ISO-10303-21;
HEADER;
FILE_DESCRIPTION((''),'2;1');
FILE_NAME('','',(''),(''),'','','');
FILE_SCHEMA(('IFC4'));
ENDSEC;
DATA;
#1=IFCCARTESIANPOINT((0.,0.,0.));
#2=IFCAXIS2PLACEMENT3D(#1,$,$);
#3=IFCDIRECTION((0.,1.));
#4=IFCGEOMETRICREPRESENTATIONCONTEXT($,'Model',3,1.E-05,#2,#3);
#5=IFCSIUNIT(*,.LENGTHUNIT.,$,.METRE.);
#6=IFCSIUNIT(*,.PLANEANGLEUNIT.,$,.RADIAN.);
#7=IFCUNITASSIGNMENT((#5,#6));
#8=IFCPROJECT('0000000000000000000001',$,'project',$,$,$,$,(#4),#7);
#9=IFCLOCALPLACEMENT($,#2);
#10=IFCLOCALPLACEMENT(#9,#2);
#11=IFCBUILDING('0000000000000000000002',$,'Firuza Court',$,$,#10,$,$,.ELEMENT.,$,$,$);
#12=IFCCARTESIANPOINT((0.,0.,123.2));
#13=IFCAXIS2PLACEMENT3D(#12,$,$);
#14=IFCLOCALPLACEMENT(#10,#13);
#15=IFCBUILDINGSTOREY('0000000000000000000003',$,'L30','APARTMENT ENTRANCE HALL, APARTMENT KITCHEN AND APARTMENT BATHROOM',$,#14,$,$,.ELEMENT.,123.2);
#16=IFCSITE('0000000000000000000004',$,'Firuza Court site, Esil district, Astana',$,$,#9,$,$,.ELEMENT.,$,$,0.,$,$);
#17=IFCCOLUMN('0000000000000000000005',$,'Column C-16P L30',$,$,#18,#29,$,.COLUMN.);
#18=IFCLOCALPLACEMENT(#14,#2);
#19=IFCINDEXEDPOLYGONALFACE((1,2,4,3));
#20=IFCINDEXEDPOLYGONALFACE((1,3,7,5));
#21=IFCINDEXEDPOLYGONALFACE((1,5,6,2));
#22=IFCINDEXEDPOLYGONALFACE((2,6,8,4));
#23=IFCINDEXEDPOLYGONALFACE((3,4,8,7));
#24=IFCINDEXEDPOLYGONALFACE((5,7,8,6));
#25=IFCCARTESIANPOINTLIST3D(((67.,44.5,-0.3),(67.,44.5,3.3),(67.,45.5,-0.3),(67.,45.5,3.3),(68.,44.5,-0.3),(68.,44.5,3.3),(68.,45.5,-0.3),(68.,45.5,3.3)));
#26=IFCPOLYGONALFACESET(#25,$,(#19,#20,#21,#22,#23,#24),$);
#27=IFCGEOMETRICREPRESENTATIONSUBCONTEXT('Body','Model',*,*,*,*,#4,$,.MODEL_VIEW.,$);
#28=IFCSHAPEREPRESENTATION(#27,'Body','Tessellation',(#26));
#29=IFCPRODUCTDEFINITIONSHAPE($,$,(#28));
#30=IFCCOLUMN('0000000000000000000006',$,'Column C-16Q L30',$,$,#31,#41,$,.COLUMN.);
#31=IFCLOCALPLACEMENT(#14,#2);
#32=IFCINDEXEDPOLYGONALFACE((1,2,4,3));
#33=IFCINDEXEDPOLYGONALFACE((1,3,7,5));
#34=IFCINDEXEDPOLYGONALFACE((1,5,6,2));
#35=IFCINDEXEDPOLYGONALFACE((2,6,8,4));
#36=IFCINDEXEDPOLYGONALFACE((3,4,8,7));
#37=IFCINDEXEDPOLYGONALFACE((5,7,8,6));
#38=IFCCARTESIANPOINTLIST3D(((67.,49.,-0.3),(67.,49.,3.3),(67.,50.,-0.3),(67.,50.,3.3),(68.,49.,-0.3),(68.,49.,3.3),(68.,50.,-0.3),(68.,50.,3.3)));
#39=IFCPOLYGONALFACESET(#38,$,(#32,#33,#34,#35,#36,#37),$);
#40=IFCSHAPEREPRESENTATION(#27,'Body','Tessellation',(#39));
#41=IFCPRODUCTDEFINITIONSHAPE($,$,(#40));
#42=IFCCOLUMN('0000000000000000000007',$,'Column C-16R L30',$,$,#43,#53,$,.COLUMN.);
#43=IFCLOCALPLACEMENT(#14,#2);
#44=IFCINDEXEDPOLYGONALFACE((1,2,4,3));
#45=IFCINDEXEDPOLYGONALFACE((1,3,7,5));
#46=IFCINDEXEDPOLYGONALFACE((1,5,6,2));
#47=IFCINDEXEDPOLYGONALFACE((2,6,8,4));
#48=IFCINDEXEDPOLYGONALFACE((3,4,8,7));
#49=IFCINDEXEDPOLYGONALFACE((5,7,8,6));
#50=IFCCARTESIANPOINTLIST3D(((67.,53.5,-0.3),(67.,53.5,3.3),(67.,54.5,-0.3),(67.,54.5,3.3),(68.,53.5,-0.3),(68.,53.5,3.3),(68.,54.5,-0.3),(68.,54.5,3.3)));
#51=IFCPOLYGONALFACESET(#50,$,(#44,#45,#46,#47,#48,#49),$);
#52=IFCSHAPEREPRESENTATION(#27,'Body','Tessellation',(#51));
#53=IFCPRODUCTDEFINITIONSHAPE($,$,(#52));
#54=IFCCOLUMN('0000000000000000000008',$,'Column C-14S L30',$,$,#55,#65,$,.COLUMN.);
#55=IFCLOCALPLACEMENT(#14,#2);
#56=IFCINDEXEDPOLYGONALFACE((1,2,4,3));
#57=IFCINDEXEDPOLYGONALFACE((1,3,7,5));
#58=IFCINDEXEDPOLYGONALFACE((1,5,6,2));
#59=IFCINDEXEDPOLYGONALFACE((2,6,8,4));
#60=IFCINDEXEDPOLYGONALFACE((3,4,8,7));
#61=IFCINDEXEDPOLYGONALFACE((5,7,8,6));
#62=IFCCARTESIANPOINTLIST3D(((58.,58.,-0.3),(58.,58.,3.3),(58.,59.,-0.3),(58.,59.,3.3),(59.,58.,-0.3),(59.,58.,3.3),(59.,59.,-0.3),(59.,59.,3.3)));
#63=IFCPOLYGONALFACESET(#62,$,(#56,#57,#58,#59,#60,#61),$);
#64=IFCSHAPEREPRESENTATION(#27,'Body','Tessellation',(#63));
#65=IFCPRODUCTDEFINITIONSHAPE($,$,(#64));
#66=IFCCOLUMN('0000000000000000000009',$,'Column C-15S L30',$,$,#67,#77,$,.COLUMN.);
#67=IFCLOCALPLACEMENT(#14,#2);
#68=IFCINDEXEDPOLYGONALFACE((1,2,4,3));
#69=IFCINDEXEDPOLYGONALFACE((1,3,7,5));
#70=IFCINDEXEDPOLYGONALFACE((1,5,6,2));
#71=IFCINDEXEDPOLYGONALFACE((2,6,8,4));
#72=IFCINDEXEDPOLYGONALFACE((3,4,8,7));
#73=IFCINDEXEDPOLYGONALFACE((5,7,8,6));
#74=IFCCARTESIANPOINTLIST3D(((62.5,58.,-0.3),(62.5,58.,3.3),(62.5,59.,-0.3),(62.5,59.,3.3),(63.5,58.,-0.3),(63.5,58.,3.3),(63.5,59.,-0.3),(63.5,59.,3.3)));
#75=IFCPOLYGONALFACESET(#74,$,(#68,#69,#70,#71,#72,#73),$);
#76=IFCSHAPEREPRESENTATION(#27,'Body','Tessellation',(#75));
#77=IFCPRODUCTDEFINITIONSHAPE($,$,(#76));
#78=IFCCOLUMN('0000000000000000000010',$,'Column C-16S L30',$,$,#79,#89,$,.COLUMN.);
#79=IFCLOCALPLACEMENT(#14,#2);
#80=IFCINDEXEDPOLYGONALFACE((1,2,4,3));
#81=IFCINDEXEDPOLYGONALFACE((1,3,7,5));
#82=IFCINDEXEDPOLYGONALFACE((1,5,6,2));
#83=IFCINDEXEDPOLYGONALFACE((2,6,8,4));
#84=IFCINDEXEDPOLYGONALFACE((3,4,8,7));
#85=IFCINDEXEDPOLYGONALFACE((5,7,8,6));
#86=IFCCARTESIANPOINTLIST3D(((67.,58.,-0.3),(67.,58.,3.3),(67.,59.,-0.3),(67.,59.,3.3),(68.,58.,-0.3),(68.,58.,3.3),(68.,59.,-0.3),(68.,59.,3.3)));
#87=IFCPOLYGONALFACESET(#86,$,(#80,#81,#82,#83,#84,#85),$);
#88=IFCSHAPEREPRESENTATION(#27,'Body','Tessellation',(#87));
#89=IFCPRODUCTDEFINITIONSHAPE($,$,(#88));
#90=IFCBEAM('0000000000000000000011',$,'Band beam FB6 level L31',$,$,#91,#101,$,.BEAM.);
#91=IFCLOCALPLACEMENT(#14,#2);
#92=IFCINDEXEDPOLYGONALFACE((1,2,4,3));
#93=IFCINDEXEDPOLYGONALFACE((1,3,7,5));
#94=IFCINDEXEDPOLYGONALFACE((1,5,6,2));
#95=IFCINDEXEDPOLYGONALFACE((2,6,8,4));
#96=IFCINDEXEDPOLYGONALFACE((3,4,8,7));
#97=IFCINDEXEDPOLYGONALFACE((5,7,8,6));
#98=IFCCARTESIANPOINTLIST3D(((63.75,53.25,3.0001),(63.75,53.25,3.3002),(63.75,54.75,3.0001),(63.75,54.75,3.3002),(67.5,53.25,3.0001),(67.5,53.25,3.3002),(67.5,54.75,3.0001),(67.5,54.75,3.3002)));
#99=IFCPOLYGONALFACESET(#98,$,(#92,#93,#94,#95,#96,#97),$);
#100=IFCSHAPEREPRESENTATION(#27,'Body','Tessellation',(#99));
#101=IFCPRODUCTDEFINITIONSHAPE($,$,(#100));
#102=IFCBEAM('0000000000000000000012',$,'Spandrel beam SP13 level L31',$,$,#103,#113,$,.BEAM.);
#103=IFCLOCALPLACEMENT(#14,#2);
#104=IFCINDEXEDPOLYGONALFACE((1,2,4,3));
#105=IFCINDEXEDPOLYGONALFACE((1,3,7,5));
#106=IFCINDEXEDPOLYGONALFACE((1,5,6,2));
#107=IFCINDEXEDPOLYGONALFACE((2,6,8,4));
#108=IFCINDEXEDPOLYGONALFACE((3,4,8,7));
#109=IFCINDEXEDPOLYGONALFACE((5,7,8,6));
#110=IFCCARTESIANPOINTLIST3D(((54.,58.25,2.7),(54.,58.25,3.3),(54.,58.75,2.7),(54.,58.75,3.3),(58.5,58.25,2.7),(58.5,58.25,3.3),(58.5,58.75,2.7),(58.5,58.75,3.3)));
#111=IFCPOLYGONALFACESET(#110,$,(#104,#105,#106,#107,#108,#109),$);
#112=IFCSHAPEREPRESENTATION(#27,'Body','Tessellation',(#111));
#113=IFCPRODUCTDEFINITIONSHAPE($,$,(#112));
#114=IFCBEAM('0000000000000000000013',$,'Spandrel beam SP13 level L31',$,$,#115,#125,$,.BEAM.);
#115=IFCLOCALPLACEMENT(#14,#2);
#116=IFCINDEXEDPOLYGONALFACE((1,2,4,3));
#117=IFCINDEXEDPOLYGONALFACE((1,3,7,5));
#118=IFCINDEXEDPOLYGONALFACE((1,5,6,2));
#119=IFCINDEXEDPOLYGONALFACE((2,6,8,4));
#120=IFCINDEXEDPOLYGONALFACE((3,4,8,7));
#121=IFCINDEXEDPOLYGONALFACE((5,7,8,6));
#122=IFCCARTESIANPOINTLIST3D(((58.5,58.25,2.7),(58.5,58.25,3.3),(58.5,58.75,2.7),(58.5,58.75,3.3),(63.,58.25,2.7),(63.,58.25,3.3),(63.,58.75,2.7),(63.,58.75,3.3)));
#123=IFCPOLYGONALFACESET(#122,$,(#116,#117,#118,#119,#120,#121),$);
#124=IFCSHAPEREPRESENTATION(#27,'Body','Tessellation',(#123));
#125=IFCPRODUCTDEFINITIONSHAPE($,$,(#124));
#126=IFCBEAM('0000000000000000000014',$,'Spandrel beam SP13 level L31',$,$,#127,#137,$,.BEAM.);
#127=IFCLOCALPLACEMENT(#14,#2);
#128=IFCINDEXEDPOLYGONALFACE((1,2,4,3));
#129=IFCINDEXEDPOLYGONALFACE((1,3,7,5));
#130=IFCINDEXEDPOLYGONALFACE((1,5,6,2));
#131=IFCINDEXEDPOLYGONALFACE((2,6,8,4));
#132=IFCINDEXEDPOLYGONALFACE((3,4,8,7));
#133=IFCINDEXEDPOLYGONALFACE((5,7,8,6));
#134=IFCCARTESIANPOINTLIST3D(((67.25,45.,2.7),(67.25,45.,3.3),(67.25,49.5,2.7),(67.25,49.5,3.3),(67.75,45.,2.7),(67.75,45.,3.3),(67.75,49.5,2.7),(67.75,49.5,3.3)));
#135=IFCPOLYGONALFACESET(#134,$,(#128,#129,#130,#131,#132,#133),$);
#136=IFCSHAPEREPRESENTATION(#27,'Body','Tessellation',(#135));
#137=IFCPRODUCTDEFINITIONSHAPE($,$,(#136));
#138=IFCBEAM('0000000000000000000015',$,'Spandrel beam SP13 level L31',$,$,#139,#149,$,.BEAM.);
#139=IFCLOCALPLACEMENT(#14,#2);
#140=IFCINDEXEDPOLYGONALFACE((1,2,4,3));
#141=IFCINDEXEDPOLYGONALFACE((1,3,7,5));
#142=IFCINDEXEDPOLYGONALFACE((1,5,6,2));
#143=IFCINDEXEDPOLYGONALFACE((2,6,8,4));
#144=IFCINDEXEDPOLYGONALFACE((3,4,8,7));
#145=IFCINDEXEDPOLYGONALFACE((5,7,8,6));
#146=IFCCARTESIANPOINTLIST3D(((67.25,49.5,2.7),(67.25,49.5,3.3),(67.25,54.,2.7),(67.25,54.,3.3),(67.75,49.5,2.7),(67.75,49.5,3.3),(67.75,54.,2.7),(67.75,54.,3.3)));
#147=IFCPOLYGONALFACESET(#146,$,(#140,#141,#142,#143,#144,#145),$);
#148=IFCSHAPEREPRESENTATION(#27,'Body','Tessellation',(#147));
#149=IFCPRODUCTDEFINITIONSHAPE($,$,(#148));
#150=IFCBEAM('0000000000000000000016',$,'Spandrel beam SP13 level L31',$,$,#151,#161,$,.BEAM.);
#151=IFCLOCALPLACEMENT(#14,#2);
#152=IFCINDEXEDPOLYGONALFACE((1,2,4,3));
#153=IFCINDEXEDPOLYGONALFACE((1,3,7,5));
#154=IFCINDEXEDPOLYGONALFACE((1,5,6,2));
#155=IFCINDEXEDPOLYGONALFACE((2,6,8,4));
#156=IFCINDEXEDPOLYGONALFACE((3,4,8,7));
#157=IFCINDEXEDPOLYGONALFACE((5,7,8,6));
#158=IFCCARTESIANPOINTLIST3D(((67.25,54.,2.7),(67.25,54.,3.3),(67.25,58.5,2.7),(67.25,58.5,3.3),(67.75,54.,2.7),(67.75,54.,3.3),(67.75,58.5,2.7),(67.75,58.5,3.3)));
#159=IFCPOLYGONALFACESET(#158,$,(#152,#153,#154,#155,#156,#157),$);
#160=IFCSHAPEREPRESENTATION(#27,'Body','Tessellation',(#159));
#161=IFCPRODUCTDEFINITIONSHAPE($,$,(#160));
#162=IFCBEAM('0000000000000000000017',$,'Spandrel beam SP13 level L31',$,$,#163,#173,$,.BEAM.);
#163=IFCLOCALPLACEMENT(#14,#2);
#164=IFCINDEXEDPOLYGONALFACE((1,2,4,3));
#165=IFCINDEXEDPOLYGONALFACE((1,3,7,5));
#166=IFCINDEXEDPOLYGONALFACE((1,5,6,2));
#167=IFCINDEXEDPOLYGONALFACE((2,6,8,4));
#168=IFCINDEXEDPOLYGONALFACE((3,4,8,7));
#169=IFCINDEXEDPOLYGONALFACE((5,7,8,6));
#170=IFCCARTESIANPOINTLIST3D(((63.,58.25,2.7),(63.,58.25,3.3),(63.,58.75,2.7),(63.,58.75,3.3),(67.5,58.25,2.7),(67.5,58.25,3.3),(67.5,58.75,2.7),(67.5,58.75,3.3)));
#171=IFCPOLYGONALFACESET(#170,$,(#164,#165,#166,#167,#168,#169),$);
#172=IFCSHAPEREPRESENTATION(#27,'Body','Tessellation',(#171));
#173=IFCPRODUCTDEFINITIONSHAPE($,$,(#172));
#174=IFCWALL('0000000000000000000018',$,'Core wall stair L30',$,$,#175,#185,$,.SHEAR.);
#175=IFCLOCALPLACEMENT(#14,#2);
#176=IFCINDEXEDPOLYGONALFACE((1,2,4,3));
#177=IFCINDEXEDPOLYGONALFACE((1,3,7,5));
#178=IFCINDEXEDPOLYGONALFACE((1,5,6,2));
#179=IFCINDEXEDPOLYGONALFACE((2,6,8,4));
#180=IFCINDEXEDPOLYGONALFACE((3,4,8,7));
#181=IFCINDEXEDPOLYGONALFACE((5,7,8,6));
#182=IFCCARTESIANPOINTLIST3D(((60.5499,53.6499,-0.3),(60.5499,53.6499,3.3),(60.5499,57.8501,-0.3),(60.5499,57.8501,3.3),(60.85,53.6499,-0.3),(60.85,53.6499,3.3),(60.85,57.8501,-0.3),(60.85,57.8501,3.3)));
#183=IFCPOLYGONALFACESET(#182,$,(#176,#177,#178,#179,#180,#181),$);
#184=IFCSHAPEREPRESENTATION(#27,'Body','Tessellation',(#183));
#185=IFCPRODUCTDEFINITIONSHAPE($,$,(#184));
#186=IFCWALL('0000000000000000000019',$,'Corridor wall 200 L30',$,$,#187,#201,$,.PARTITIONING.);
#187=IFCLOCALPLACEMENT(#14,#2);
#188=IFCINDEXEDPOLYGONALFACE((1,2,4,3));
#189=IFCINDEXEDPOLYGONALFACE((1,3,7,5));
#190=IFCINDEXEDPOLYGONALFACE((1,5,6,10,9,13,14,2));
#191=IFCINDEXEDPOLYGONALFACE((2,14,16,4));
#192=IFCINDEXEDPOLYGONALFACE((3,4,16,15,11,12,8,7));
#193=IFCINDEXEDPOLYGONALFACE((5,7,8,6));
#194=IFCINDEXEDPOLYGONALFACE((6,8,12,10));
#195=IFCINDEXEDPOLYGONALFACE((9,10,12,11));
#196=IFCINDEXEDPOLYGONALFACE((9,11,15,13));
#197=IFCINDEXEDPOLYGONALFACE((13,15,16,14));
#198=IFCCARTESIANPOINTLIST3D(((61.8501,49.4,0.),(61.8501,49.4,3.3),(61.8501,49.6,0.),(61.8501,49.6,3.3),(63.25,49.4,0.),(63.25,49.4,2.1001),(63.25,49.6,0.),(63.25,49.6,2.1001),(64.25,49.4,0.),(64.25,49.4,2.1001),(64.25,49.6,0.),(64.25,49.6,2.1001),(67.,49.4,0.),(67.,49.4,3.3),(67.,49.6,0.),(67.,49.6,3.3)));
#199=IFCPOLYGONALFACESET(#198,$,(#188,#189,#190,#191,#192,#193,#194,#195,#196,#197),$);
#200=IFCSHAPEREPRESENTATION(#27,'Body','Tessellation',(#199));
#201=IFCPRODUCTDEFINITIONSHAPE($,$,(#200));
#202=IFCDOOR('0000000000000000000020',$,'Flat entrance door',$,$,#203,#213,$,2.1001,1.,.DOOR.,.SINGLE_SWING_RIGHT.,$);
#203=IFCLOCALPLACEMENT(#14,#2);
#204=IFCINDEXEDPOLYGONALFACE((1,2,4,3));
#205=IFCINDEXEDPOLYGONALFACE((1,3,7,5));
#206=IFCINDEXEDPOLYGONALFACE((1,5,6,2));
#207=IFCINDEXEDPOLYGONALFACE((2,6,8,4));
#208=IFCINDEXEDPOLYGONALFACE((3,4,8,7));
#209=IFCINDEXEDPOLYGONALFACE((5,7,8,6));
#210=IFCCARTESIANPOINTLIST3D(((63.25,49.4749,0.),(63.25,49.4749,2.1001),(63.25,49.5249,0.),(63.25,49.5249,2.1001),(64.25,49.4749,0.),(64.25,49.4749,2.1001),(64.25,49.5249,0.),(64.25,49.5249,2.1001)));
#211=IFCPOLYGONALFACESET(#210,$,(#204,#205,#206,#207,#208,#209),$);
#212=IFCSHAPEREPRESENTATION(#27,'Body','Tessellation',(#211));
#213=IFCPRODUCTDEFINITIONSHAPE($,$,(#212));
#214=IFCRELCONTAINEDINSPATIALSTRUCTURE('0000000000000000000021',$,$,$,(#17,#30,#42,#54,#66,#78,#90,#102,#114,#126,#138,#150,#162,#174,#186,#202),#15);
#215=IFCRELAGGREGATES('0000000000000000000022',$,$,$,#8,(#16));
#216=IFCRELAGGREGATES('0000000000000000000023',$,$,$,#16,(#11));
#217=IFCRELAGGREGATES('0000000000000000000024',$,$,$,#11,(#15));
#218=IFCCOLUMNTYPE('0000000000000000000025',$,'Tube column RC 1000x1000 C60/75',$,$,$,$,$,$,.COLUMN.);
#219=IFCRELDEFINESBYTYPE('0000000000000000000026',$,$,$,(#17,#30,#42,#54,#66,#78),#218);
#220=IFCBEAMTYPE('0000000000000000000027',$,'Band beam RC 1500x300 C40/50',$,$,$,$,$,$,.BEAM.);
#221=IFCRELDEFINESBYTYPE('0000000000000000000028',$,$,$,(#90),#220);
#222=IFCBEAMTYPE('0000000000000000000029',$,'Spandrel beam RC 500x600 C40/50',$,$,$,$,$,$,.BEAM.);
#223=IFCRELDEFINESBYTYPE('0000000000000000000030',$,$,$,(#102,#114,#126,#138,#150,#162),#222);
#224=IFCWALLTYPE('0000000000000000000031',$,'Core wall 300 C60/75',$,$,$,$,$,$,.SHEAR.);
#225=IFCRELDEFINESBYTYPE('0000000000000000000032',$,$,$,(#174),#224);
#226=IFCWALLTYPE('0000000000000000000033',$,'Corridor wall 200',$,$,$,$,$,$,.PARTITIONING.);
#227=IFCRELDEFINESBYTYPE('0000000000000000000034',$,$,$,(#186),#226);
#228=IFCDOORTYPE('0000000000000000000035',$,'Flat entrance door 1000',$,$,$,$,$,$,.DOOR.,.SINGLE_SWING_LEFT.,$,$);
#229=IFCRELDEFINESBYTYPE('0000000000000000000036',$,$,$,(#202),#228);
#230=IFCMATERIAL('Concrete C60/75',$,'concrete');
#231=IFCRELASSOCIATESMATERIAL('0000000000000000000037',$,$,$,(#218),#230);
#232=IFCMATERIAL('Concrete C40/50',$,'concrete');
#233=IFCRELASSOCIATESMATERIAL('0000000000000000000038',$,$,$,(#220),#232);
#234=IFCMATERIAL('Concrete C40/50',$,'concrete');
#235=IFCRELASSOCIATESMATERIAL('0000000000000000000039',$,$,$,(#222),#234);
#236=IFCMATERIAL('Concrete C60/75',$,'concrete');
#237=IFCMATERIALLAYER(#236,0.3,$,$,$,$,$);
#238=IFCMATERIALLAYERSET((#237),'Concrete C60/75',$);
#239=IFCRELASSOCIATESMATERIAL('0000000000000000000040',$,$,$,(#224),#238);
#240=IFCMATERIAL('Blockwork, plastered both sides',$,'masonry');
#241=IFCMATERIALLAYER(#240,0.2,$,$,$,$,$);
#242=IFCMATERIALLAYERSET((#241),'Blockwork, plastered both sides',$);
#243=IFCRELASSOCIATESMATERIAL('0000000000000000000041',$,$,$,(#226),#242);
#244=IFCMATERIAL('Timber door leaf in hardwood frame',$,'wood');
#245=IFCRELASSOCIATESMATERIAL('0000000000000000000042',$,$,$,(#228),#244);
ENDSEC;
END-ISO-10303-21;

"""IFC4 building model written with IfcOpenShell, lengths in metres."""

from ifc_helpers import new_model, si_unit, direction, frame, frame_2d, origin, origin_2d, place, context, subcontext, project, spatial, rectangle, extrude, material, layer, layer_set, material_profile, profile_set, type_object, element, fill, save


model = new_model("IFC4")

# Units and contexts
model_context = context("Model", 3, precision=1e-05, world=origin(), true_north=direction((0.0, 1.0)))
body_context = subcontext(model_context, "Body", "Model", "MODEL_VIEW")
ifc_project = project(units=[si_unit("LENGTHUNIT", "METRE"), si_unit("PLANEANGLEUNIT", "RADIAN")], contexts=[model_context])

# Site, building, storey
site_placement = place(None, origin())
site = spatial("IfcSite", under=ifc_project, at=site_placement, Name="Firuza Court site, Esil district, Astana", CompositionType="ELEMENT", RefElevation=0.0)
building_placement = place(site_placement, origin())
building = spatial("IfcBuilding", under=site, at=building_placement, Name="Firuza Court", CompositionType="ELEMENT")
storey_placement = place(building_placement, frame((0.0, 0.0, 123.2)))
storey = spatial("IfcBuildingStorey", under=building, at=storey_placement, Name="L30", Description="APARTMENT ENTRANCE HALL, APARTMENT KITCHEN AND APARTMENT BATHROOM", CompositionType="ELEMENT", Elevation=123.2)

# Columns
ifc_material_1 = material(Name="Concrete C60/75", Category="concrete")
ifc_material_profile_1 = material_profile(ifc_material_1, rectangle(XDim=1.0, YDim=1.0, at=origin_2d()), Name="RC 1000x1000")
ifc_profile_set_1 = profile_set([ifc_material_profile_1], Name="Concrete C60/75")
column_type = type_object("IfcColumnType", Name="Tube column RC 1000x1000 C60/75", PredefinedType="COLUMN", material=ifc_profile_set_1)
for number, where, z_axis, x_axis, name in (
    (1, (67.5, 45.0, -0.3), (0.0, 0.0, 1.0), (1.0, 0.0, 0.0), "Column C-16P L30"),
    (2, (67.5, 49.5, -0.3), (0.0, 0.0, 1.0), (1.0, 0.0, 0.0), "Column C-16Q L30"),
    (3, (67.5, 54.0, -0.3), (0.0, 0.0, 1.0), (1.0, 0.0, 0.0), "Column C-16R L30"),
    (4, (58.5, 58.5, -0.3), (0.0, 0.0, 1.0), (1.0, 0.0, 0.0), "Column C-14S L30"),
    (5, (63.0, 58.5, -0.3), (0.0, 0.0, 1.0), (1.0, 0.0, 0.0), "Column C-15S L30"),
    (6, (67.5, 58.5, -0.3), (0.0, 0.0, 1.0), (1.0, 0.0, 0.0), "Column C-16S L30"),
):
    element("IfcColumn", number, at=place(storey_placement, frame(where, z_axis=z_axis, x_axis=x_axis)), inside=storey, type_object=column_type, Name=name, PredefinedType="COLUMN", context=body_context, shape_type="SweptSolid", body=[
        extrude(rectangle(XDim=1.0, YDim=1.0, at=origin_2d()), origin(), (0.0, 0.0, 1.0), 3.6001),
    ])

# Beams
ifc_material_2 = material(Name="Concrete C40/50", Category="concrete")
ifc_material_profile_2 = material_profile(ifc_material_2, rectangle(XDim=1.5, YDim=0.3, at=origin_2d()), Name="RC 1500x300")
ifc_profile_set_2 = profile_set([ifc_material_profile_2], Name="Concrete C40/50")
beam_type_1 = type_object("IfcBeamType", Name="Band beam RC 1500x300 C40/50", PredefinedType="BEAM", material=ifc_profile_set_2)
beam_placement = place(storey_placement, frame((67.5, 54.0, 3.1501), z_axis=(-1.0, 0.0, 0.0), x_axis=(0.0, -1.0, 0.0)))
element("IfcBeam", 7, at=beam_placement, inside=storey, type_object=beam_type_1, Name="Band beam FB6 level L31", PredefinedType="BEAM", context=body_context, shape_type="SweptSolid", body=[
    extrude(rectangle(XDim=1.5, YDim=0.3, at=origin_2d()), origin(), (0.0, 0.0, 1.0), 3.75),
])
ifc_material_3 = material(Name="Concrete C40/50", Category="concrete")
ifc_material_profile_3 = material_profile(ifc_material_3, rectangle(XDim=0.5, YDim=0.6001, at=origin_2d()), Name="RC 500x600")
ifc_profile_set_3 = profile_set([ifc_material_profile_3], Name="Concrete C40/50")
beam_type_2 = type_object("IfcBeamType", Name="Spandrel beam RC 500x600 C40/50", PredefinedType="BEAM", material=ifc_profile_set_3)
for number, where, z_axis, x_axis, name in (
    (8, (58.5, 58.5, 3.0), (-1.0, 0.0, 0.0), (0.0, -1.0, 0.0), "Spandrel beam SP13 level L31"),
    (9, (63.0, 58.5, 3.0), (-1.0, 0.0, 0.0), (0.0, -1.0, 0.0), "Spandrel beam SP13 level L31"),
    (10, (67.5, 45.0, 3.0), (0.0, 1.0, 0.0), (-1.0, 0.0, 0.0), "Spandrel beam SP13 level L31"),
    (11, (67.5, 49.5, 3.0), (0.0, 1.0, 0.0), (-1.0, 0.0, 0.0), "Spandrel beam SP13 level L31"),
    (12, (67.5, 54.0, 3.0), (0.0, 1.0, 0.0), (-1.0, 0.0, 0.0), "Spandrel beam SP13 level L31"),
    (13, (67.5, 58.5, 3.0), (-1.0, 0.0, 0.0), (0.0, -1.0, 0.0), "Spandrel beam SP13 level L31"),
):
    element("IfcBeam", number, at=place(storey_placement, frame(where, z_axis=z_axis, x_axis=x_axis)), inside=storey, type_object=beam_type_2, Name=name, PredefinedType="BEAM", context=body_context, shape_type="SweptSolid", body=[
        extrude(rectangle(XDim=0.5, YDim=0.6001, at=origin_2d()), origin(), (0.0, 0.0, 1.0), 4.5),
    ])

# Wall
ifc_material_4 = material(Name="Concrete C60/75", Category="concrete")
ifc_layer_1 = layer(ifc_material_4, 0.3)
ifc_layer_set_1 = layer_set([ifc_layer_1], Name="Concrete C60/75")
wall_type_1 = type_object("IfcWallType", Name="Core wall 300 C60/75", PredefinedType="SHEAR", material=ifc_layer_set_1)
wall_1_placement = place(storey_placement, frame((60.7, 53.6499, -0.3), z_axis=(0.0, 0.0, 1.0), x_axis=(0.0, 1.0, 0.0)))
element("IfcWall", 14, at=wall_1_placement, inside=storey, type_object=wall_type_1, Name="Core wall stair L30", PredefinedType="SHEAR", context=body_context, shape_type="SweptSolid", body=[
    extrude(rectangle(XDim=4.2002, YDim=0.3, at=frame_2d((2.1001, 0.0))), origin(), (0.0, 0.0, 1.0), 3.6001),
])

# Wall, opening, door
ifc_material_5 = material(Name="Blockwork, plastered both sides", Category="masonry")
ifc_layer_2 = layer(ifc_material_5, 0.2)
ifc_layer_set_2 = layer_set([ifc_layer_2], Name="Blockwork, plastered both sides")
wall_type_2 = type_object("IfcWallType", Name="Corridor wall 200", PredefinedType="PARTITIONING", material=ifc_layer_set_2)
wall_2_placement = place(storey_placement, frame((61.8501, 49.5, 0.0), z_axis=(0.0, 0.0, 1.0), x_axis=(1.0, 0.0, 0.0)))
wall_2 = element("IfcWall", 15, at=wall_2_placement, inside=storey, type_object=wall_type_2, Name="Corridor wall 200 L30", PredefinedType="PARTITIONING", context=body_context, shape_type="SweptSolid", body=[
    extrude(rectangle(XDim=5.1499, YDim=0.2, at=frame_2d((2.575, 0.0))), origin(), (0.0, 0.0, 1.0), 3.3),
])
opening_1_placement = place(wall_2_placement, frame((1.3999, 0.0, 0.0)))
opening_1 = element("IfcOpeningElement", 16, at=opening_1_placement, cuts=wall_2, PredefinedType="OPENING", context=body_context, shape_type="SweptSolid", body=[
    extrude(rectangle(XDim=1.0, YDim=2.1001, at=frame_2d((0.5, 1.05))), frame((0.0, 0.1118, 0.0), z_axis=(0.0, -1.0, 0.0), x_axis=(1.0, 0.0, 0.0)), (0.0, 0.0, 1.0), 0.2239),
])
ifc_material_6 = material(Name="Timber door leaf in hardwood frame", Category="wood")
door_type_1 = type_object("IfcDoorType", Name="Flat entrance door 1000", OperationType="SINGLE_SWING_LEFT", PredefinedType="DOOR", material=ifc_material_6)
door_1_placement = place(opening_1_placement, origin())
door_1 = element("IfcDoor", 17, at=door_1_placement, inside=storey, type_object=door_type_1, Name="Flat entrance door", OperationType="SINGLE_SWING_RIGHT", OverallHeight=2.1001, OverallWidth=1.0, PredefinedType="DOOR", context=body_context, shape_type="SweptSolid", body=[
    extrude(rectangle(XDim=1.0, YDim=2.1001, at=frame_2d((0.5, 1.05))), frame((0.0, 0.0249, 0.0), z_axis=(0.0, -1.0, 0.0), x_axis=(1.0, 0.0, 0.0)), (0.0, 0.0, 1.0), 0.05),
])
fill(opening_1, door_1)

save(model, "model.ifc")
